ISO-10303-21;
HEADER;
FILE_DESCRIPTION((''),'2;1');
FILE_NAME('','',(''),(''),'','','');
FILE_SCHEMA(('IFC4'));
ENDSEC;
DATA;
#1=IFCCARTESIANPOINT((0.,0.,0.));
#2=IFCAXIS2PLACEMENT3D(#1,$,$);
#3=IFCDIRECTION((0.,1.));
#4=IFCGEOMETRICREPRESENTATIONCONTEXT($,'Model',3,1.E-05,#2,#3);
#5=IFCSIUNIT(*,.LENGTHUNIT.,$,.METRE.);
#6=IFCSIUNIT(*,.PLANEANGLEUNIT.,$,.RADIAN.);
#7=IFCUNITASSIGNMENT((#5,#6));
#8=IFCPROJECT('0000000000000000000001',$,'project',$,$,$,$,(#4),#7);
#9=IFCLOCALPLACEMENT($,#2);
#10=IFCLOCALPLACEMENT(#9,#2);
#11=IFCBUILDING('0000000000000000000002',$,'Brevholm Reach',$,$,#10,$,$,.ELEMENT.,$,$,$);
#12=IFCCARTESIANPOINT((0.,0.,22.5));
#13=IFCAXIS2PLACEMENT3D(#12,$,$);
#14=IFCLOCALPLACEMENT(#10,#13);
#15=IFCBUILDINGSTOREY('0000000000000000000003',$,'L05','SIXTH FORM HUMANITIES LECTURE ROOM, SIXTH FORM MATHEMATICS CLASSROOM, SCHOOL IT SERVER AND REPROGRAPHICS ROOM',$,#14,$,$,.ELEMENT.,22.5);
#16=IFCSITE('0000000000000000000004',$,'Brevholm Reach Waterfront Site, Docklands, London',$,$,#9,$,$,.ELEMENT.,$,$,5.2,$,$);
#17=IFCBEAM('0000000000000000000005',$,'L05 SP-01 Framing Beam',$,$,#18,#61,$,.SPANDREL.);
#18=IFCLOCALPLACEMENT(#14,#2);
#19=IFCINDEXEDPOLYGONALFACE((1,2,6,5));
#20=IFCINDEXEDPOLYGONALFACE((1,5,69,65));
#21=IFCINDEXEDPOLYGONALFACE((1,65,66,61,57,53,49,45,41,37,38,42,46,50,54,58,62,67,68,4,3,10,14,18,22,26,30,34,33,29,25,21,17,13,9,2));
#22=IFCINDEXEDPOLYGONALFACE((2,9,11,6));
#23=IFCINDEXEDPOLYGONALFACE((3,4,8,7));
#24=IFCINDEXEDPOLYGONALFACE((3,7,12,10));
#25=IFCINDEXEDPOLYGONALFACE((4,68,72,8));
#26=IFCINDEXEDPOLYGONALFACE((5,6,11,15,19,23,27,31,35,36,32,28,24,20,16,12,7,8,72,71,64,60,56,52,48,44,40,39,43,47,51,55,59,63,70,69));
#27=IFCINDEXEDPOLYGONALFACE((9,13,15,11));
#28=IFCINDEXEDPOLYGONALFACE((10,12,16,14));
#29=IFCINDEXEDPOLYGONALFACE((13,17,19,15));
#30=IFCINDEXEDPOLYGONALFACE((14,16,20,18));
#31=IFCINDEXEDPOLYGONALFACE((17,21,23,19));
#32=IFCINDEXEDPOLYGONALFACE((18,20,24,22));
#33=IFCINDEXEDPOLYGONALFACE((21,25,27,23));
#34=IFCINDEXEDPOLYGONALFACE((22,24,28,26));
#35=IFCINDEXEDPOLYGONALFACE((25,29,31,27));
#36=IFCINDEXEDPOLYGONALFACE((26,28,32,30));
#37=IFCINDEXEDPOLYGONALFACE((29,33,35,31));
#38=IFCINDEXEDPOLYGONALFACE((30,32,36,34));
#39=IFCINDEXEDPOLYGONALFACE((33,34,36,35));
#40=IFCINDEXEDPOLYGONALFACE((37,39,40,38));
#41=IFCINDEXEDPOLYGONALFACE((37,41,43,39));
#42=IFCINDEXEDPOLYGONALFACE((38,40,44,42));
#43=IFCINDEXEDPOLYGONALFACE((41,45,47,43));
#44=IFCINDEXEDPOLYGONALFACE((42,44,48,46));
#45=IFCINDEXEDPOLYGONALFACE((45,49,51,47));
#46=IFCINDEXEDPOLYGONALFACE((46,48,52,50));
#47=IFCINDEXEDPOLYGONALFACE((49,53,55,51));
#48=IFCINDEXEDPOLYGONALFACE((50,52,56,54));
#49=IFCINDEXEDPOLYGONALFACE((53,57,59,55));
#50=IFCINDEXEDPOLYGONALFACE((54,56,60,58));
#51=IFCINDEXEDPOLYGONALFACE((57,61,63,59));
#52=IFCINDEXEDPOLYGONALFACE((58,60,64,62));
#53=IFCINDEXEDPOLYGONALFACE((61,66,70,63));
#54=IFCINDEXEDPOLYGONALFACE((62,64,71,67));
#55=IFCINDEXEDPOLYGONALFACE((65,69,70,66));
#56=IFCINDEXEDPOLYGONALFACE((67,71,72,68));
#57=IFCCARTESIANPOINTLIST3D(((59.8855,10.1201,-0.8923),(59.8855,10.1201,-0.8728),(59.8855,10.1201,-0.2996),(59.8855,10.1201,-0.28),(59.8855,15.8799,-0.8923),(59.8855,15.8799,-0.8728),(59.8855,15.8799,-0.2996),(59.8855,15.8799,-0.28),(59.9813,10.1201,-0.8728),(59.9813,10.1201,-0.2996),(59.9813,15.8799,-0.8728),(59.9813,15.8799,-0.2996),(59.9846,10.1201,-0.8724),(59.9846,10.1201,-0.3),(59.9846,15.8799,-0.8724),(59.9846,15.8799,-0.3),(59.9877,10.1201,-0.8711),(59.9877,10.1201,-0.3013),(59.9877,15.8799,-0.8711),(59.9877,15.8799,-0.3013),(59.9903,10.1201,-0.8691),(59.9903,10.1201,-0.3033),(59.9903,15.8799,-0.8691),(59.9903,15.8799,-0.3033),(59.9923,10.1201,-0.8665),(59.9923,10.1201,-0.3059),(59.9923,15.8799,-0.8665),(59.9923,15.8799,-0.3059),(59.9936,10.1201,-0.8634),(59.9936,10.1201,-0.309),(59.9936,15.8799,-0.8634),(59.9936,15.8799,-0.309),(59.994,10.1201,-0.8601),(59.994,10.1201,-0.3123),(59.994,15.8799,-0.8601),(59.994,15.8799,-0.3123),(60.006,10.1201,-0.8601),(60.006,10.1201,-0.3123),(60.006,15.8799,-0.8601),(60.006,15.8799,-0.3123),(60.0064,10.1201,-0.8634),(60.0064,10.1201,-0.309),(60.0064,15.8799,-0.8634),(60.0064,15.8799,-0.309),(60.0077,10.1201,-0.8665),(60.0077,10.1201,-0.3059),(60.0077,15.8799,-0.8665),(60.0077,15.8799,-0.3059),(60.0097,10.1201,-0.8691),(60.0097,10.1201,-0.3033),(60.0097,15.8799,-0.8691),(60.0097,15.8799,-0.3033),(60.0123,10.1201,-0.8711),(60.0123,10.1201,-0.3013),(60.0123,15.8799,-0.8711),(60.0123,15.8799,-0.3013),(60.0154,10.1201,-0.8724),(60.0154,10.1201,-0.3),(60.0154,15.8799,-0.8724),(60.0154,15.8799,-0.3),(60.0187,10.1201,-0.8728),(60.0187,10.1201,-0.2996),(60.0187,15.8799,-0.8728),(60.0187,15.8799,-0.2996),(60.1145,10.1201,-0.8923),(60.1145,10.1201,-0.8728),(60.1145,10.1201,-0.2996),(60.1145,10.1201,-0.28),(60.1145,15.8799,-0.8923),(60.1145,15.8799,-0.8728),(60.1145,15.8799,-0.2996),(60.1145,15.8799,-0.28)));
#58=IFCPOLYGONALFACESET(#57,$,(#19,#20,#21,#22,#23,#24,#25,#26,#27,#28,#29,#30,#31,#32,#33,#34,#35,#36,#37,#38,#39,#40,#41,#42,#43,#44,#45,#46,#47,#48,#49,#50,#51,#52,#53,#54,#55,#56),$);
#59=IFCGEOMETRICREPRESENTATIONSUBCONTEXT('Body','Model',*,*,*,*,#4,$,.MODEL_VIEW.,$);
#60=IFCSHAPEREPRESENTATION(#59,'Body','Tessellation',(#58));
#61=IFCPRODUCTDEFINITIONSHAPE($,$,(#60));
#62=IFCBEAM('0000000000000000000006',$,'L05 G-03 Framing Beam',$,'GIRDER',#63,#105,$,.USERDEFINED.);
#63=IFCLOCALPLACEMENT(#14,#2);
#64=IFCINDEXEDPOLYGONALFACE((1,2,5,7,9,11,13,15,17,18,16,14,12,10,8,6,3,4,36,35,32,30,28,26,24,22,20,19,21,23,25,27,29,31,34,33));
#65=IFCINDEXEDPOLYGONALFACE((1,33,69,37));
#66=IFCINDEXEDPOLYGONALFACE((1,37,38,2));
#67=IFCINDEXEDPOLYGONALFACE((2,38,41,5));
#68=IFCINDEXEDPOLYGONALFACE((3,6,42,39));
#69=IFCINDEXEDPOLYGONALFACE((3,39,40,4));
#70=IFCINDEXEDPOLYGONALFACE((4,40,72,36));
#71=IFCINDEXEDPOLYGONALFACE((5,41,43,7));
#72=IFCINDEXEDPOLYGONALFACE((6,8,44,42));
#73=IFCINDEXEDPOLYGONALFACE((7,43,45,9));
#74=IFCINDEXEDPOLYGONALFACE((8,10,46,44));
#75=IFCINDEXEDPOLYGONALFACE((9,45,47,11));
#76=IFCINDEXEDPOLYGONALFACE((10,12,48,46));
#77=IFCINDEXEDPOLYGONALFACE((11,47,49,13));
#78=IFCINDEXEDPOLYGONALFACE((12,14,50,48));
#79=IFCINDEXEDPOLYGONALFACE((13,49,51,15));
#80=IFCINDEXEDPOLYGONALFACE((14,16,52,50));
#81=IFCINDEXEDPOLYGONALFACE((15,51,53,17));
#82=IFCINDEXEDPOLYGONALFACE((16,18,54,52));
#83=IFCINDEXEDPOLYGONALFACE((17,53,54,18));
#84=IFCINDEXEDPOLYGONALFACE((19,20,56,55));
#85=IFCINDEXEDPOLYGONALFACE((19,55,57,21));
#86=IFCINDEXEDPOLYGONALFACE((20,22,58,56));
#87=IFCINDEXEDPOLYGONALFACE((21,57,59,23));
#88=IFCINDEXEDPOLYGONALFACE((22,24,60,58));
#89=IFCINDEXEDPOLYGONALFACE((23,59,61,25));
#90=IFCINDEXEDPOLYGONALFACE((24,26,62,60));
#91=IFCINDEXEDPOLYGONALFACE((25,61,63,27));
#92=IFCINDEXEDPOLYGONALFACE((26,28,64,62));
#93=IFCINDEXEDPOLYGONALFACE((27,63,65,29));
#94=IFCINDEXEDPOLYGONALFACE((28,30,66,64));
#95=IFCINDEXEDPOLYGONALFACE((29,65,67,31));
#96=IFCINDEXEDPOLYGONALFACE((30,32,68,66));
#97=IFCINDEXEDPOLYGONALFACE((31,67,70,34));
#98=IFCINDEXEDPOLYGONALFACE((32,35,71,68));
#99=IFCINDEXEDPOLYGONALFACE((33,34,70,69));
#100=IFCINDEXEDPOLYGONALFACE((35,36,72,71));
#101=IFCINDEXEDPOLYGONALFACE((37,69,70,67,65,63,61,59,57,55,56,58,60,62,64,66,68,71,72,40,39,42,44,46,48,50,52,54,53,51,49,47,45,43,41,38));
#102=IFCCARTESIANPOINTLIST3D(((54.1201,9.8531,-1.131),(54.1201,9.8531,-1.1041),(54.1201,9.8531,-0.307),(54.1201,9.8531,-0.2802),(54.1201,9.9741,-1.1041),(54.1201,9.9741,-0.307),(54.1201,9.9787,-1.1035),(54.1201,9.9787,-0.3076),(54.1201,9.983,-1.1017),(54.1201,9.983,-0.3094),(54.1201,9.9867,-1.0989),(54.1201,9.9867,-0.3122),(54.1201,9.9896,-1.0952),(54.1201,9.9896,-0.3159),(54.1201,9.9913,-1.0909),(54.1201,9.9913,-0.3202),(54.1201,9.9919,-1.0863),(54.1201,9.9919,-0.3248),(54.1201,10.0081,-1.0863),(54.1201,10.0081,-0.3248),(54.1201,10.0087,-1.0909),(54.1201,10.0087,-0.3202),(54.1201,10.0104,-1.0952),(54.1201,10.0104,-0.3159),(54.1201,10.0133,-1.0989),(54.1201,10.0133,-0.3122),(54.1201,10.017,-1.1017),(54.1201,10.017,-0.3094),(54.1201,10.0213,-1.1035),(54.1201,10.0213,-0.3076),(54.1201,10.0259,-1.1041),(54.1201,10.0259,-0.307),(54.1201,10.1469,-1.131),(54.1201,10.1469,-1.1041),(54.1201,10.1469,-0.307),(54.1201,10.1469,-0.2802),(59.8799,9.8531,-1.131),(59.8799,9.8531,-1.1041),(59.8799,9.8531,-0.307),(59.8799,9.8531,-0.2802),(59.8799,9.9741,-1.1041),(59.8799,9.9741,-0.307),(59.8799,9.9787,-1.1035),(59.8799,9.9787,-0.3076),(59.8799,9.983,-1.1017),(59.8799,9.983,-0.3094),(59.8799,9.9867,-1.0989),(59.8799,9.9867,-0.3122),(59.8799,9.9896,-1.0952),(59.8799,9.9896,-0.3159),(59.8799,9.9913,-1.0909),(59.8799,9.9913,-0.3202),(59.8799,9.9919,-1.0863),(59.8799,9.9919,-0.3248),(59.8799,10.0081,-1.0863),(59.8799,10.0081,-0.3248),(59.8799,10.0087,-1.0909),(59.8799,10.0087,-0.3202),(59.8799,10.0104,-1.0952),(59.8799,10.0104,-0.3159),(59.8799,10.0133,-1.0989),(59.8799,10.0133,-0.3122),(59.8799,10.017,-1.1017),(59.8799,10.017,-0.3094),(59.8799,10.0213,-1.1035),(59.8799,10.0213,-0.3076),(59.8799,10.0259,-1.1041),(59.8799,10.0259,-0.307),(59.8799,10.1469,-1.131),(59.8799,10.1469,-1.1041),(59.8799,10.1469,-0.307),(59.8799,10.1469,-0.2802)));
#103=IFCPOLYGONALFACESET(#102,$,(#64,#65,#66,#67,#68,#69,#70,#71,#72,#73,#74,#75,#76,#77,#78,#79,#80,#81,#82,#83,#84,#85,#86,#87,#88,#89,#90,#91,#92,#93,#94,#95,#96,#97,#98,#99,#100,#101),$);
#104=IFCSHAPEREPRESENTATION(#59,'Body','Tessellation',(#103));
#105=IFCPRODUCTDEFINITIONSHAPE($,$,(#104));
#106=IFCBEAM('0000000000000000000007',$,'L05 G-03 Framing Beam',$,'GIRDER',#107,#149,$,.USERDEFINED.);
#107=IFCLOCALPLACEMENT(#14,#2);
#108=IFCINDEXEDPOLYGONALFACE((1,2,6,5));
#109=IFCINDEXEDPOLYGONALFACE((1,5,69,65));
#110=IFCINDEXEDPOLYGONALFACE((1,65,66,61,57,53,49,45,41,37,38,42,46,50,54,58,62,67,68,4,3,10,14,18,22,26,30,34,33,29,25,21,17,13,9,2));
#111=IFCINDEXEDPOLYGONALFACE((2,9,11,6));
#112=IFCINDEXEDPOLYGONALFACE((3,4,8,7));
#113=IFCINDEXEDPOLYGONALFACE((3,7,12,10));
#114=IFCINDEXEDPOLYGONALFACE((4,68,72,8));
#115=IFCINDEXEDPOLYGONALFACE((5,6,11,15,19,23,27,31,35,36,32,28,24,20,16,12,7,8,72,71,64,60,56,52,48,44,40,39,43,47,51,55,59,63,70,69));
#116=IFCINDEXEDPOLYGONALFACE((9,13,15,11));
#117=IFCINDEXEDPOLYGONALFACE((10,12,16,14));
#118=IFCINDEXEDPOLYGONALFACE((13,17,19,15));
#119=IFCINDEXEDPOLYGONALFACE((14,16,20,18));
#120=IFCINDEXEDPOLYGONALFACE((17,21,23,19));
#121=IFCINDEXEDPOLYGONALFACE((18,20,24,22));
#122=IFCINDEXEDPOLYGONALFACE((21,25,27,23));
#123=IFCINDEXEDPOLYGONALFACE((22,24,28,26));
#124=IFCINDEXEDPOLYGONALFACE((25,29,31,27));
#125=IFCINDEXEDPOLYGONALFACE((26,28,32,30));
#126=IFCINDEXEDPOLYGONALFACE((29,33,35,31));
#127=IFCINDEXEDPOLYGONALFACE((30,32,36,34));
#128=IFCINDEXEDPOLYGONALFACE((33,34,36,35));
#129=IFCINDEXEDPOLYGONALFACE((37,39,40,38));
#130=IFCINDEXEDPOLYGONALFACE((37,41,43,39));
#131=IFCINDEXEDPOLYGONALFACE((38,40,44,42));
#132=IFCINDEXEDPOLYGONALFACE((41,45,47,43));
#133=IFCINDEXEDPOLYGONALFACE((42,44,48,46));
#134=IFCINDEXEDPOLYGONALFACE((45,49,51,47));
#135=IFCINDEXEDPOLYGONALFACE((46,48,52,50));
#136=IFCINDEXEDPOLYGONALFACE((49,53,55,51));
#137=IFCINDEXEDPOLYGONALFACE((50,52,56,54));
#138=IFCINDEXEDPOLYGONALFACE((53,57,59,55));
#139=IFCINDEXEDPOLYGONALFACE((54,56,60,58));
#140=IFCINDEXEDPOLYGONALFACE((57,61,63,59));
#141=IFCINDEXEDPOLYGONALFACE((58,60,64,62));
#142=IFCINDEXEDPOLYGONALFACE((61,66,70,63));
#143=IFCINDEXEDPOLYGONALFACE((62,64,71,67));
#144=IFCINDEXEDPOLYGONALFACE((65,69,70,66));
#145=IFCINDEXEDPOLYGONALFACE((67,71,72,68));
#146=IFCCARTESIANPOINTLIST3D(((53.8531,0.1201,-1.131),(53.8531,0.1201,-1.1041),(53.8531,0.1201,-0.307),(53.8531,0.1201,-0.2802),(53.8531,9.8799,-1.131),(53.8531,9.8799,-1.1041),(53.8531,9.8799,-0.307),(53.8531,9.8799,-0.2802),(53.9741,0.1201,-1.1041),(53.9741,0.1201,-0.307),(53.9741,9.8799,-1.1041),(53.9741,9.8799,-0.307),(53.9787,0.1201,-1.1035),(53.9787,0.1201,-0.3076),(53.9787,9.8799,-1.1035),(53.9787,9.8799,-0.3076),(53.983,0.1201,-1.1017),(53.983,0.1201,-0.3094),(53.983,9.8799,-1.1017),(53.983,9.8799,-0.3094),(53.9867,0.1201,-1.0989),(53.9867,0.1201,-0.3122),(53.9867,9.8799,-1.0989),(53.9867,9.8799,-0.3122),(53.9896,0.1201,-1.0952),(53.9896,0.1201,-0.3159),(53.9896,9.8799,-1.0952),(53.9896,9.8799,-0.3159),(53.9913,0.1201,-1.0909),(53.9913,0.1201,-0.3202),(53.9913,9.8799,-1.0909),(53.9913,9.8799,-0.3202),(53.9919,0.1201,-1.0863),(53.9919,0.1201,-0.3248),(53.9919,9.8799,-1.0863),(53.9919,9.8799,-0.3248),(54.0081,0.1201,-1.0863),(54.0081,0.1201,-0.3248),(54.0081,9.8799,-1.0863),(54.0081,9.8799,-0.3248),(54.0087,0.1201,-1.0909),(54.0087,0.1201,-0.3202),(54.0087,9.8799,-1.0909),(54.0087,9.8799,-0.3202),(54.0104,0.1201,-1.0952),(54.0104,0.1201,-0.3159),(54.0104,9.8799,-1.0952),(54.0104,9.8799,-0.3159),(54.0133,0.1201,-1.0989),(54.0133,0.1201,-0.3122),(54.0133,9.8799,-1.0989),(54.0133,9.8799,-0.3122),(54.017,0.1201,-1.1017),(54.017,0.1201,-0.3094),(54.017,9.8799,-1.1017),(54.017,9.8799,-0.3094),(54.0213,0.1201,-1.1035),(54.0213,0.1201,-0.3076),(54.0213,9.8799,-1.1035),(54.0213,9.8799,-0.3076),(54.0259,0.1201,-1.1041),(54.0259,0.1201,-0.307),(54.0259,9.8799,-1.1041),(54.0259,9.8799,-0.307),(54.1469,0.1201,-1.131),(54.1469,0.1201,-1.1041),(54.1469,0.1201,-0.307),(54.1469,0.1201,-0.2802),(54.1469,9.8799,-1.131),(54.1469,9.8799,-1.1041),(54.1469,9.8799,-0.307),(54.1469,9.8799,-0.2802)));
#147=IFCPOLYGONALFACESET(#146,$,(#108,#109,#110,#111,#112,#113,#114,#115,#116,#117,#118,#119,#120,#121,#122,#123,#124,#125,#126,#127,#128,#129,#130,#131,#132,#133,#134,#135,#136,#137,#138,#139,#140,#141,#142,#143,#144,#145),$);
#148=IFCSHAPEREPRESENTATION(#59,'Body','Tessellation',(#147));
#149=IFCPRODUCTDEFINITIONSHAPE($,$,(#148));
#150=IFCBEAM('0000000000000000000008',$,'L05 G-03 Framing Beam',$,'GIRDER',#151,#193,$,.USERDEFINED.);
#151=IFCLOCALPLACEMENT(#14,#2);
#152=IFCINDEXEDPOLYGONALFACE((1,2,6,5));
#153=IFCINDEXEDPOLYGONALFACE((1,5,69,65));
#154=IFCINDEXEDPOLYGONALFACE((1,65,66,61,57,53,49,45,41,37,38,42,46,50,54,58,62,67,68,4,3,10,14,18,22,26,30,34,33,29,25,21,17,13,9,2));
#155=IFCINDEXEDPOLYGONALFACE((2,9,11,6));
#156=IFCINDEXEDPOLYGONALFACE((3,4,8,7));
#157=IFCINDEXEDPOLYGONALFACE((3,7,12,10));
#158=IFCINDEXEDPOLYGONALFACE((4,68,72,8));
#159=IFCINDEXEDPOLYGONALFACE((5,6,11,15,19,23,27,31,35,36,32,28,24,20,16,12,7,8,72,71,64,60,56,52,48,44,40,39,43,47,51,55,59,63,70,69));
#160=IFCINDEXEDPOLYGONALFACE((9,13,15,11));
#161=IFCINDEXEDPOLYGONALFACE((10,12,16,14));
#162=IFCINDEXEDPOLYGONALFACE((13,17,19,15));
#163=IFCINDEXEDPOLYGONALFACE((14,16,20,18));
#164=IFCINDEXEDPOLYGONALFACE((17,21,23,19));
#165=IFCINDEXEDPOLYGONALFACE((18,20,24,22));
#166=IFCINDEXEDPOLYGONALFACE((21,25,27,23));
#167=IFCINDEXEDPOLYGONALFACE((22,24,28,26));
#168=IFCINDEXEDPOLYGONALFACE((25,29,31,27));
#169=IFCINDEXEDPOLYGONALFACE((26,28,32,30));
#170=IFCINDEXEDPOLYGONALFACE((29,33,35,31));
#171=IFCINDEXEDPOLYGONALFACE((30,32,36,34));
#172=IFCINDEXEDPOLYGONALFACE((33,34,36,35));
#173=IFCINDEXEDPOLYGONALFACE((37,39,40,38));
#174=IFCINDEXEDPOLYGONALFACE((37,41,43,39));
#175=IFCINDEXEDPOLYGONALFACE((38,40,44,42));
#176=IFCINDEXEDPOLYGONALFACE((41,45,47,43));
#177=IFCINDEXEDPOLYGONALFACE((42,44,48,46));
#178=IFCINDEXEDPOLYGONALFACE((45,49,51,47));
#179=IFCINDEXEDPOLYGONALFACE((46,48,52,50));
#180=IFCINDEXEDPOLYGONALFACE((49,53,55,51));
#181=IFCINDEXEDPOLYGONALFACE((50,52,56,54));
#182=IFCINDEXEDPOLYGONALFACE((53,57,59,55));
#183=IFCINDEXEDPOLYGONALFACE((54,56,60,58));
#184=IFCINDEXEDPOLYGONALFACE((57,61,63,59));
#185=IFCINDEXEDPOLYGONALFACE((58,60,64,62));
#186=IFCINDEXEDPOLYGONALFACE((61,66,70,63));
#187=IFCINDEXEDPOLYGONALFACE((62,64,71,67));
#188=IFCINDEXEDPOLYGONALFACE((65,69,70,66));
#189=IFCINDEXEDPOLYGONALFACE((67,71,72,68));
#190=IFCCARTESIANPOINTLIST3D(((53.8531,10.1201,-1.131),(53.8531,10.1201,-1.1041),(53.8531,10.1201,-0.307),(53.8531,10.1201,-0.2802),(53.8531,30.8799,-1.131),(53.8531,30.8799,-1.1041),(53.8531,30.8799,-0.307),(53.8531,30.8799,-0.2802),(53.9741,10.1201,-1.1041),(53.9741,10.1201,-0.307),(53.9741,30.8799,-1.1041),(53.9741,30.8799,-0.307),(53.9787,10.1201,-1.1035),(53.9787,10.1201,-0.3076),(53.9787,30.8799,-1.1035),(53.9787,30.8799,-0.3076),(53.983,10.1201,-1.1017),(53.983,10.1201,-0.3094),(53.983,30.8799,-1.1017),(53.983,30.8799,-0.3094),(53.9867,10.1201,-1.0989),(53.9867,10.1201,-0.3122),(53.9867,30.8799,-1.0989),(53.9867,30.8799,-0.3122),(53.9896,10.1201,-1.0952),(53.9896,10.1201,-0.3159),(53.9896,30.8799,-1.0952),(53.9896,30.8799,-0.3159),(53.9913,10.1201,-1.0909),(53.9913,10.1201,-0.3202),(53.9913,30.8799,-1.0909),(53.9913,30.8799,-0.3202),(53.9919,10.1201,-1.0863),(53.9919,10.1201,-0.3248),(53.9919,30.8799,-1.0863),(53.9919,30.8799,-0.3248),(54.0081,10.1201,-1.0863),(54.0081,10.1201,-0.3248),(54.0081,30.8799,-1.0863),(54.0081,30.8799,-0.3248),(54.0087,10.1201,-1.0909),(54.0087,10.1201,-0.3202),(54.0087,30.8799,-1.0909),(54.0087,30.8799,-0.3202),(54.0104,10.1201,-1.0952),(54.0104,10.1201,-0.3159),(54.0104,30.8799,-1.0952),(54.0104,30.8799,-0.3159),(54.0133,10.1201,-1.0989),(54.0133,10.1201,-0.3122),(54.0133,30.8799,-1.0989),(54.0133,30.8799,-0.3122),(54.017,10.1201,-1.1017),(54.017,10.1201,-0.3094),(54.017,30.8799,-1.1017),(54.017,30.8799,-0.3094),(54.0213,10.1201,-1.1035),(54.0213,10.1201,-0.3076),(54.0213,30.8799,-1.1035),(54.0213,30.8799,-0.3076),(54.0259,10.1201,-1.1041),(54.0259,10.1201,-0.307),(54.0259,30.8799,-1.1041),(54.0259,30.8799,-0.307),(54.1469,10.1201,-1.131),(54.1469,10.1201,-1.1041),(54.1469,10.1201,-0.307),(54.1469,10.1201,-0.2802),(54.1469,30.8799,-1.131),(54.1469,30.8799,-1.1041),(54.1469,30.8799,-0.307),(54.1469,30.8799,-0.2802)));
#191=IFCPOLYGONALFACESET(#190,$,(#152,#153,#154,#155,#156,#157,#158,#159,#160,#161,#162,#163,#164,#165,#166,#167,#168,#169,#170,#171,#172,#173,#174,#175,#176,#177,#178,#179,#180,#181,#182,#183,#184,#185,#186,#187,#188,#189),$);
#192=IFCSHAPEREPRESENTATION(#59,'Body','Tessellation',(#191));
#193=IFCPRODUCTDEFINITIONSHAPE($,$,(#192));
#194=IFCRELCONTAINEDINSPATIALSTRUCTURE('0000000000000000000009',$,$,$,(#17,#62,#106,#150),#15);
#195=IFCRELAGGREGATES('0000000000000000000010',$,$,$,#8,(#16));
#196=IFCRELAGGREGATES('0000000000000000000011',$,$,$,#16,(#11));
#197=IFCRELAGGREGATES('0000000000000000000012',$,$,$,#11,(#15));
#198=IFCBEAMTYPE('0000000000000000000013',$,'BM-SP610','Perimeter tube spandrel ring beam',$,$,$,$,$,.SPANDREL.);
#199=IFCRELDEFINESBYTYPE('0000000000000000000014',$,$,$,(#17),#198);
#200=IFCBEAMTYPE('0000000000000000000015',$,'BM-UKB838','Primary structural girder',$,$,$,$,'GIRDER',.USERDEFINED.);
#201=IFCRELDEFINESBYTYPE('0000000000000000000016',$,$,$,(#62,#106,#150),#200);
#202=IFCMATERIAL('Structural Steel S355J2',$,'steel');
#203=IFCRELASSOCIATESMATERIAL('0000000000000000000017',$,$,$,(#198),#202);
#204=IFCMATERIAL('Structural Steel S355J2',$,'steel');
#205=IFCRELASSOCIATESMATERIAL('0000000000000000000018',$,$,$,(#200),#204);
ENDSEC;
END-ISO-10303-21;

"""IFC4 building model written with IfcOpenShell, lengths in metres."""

from ifc_helpers import new_model, si_unit, direction, frame, origin, origin_2d, place, context, subcontext, project, spatial, i_section, extrude, material, material_profile, profile_set, type_object, element, save


model = new_model("IFC4")

# Units and contexts
model_context = context("Model", 3, precision=1e-05, world=origin(), true_north=direction((0.0, 1.0)))
body_context = subcontext(model_context, "Body", "Model", "MODEL_VIEW")
ifc_project = project(units=[si_unit("LENGTHUNIT", "METRE"), si_unit("PLANEANGLEUNIT", "RADIAN")], contexts=[model_context])

# Site, building, storey
site_placement = place(None, origin())
site = spatial("IfcSite", under=ifc_project, at=site_placement, Name="Brevholm Reach Waterfront Site, Docklands, London", CompositionType="ELEMENT", RefElevation=5.2)
building_placement = place(site_placement, origin())
building = spatial("IfcBuilding", under=site, at=building_placement, Name="Brevholm Reach", CompositionType="ELEMENT")
storey_placement = place(building_placement, frame((0.0, 0.0, 22.5)))
storey = spatial("IfcBuildingStorey", under=building, at=storey_placement, Name="L05", Description="SIXTH FORM HUMANITIES LECTURE ROOM, SIXTH FORM MATHEMATICS CLASSROOM, SCHOOL IT SERVER AND REPROGRAPHICS ROOM", CompositionType="ELEMENT", Elevation=22.5)

# Beams
ifc_material_1 = material(Name="Structural Steel S355J2", Category="steel")
ifc_material_profile_1 = material_profile(ifc_material_1, i_section(OverallWidth=0.229, OverallDepth=0.6123, WebThickness=0.012, FlangeThickness=0.0195, FilletRadius=0.0127, at=origin_2d()), Name="UKB 610x229x125")
ifc_profile_set_1 = profile_set([ifc_material_profile_1], Name="Structural Steel S355J2")
beam_type_1 = type_object("IfcBeamType", Name="BM-SP610", Description="Perimeter tube spandrel ring beam", PredefinedType="SPANDREL", material=ifc_profile_set_1)
beam_1_placement = place(storey_placement, frame((60.0, 10.1201, -0.5862), z_axis=(0.0, 1.0, 0.0), x_axis=(-1.0, 0.0, 0.0)))
element("IfcBeam", 1, at=beam_1_placement, inside=storey, type_object=beam_type_1, Name="L05 SP-01 Framing Beam", PredefinedType="SPANDREL", context=body_context, shape_type="SweptSolid", body=[
    extrude(i_section(OverallWidth=0.229, OverallDepth=0.6123, WebThickness=0.012, FlangeThickness=0.0195, FilletRadius=0.0127, at=origin_2d()), origin(), (0.0, 0.0, 1.0), 5.7598),
])
ifc_material_2 = material(Name="Structural Steel S355J2", Category="steel")
ifc_material_profile_2 = material_profile(ifc_material_2, i_section(OverallWidth=0.2937, OverallDepth=0.8508, WebThickness=0.0161, FlangeThickness=0.0269, FilletRadius=0.0178, at=origin_2d()), Name="UKB 838x292x226")
ifc_profile_set_2 = profile_set([ifc_material_profile_2], Name="Structural Steel S355J2")
beam_type_2 = type_object("IfcBeamType", Name="BM-UKB838", Description="Primary structural girder", ElementType="GIRDER", PredefinedType="USERDEFINED", material=ifc_profile_set_2)
beam_2_placement = place(storey_placement, frame((54.1201, 10.0, -0.7056), z_axis=(1.0, 0.0, 0.0), x_axis=(0.0, 1.0, 0.0)))
element("IfcBeam", 2, at=beam_2_placement, inside=storey, type_object=beam_type_2, Name="L05 G-03 Framing Beam", ObjectType="GIRDER", PredefinedType="USERDEFINED", context=body_context, shape_type="SweptSolid", body=[
    extrude(i_section(OverallWidth=0.2937, OverallDepth=0.8508, WebThickness=0.0161, FlangeThickness=0.0269, FilletRadius=0.0178, at=origin_2d()), origin(), (0.0, 0.0, 1.0), 5.7598),
])
beam_3_placement = place(storey_placement, frame((54.0, 0.1201, -0.7056), z_axis=(0.0, 1.0, 0.0), x_axis=(-1.0, 0.0, 0.0)))
element("IfcBeam", 3, at=beam_3_placement, inside=storey, type_object=beam_type_2, Name="L05 G-03 Framing Beam", ObjectType="GIRDER", PredefinedType="USERDEFINED", context=body_context, shape_type="SweptSolid", body=[
    extrude(i_section(OverallWidth=0.2937, OverallDepth=0.8508, WebThickness=0.0161, FlangeThickness=0.0269, FilletRadius=0.0178, at=origin_2d()), origin(), (0.0, 0.0, 1.0), 9.7598),
])
beam_4_placement = place(storey_placement, frame((54.0, 10.1201, -0.7056), z_axis=(0.0, 1.0, 0.0), x_axis=(-1.0, 0.0, 0.0)))
element("IfcBeam", 4, at=beam_4_placement, inside=storey, type_object=beam_type_2, Name="L05 G-03 Framing Beam", ObjectType="GIRDER", PredefinedType="USERDEFINED", context=body_context, shape_type="SweptSolid", body=[
    extrude(i_section(OverallWidth=0.2937, OverallDepth=0.8508, WebThickness=0.0161, FlangeThickness=0.0269, FilletRadius=0.0178, at=origin_2d()), origin(), (0.0, 0.0, 1.0), 20.7598),
])

save(model, "model.ifc")
